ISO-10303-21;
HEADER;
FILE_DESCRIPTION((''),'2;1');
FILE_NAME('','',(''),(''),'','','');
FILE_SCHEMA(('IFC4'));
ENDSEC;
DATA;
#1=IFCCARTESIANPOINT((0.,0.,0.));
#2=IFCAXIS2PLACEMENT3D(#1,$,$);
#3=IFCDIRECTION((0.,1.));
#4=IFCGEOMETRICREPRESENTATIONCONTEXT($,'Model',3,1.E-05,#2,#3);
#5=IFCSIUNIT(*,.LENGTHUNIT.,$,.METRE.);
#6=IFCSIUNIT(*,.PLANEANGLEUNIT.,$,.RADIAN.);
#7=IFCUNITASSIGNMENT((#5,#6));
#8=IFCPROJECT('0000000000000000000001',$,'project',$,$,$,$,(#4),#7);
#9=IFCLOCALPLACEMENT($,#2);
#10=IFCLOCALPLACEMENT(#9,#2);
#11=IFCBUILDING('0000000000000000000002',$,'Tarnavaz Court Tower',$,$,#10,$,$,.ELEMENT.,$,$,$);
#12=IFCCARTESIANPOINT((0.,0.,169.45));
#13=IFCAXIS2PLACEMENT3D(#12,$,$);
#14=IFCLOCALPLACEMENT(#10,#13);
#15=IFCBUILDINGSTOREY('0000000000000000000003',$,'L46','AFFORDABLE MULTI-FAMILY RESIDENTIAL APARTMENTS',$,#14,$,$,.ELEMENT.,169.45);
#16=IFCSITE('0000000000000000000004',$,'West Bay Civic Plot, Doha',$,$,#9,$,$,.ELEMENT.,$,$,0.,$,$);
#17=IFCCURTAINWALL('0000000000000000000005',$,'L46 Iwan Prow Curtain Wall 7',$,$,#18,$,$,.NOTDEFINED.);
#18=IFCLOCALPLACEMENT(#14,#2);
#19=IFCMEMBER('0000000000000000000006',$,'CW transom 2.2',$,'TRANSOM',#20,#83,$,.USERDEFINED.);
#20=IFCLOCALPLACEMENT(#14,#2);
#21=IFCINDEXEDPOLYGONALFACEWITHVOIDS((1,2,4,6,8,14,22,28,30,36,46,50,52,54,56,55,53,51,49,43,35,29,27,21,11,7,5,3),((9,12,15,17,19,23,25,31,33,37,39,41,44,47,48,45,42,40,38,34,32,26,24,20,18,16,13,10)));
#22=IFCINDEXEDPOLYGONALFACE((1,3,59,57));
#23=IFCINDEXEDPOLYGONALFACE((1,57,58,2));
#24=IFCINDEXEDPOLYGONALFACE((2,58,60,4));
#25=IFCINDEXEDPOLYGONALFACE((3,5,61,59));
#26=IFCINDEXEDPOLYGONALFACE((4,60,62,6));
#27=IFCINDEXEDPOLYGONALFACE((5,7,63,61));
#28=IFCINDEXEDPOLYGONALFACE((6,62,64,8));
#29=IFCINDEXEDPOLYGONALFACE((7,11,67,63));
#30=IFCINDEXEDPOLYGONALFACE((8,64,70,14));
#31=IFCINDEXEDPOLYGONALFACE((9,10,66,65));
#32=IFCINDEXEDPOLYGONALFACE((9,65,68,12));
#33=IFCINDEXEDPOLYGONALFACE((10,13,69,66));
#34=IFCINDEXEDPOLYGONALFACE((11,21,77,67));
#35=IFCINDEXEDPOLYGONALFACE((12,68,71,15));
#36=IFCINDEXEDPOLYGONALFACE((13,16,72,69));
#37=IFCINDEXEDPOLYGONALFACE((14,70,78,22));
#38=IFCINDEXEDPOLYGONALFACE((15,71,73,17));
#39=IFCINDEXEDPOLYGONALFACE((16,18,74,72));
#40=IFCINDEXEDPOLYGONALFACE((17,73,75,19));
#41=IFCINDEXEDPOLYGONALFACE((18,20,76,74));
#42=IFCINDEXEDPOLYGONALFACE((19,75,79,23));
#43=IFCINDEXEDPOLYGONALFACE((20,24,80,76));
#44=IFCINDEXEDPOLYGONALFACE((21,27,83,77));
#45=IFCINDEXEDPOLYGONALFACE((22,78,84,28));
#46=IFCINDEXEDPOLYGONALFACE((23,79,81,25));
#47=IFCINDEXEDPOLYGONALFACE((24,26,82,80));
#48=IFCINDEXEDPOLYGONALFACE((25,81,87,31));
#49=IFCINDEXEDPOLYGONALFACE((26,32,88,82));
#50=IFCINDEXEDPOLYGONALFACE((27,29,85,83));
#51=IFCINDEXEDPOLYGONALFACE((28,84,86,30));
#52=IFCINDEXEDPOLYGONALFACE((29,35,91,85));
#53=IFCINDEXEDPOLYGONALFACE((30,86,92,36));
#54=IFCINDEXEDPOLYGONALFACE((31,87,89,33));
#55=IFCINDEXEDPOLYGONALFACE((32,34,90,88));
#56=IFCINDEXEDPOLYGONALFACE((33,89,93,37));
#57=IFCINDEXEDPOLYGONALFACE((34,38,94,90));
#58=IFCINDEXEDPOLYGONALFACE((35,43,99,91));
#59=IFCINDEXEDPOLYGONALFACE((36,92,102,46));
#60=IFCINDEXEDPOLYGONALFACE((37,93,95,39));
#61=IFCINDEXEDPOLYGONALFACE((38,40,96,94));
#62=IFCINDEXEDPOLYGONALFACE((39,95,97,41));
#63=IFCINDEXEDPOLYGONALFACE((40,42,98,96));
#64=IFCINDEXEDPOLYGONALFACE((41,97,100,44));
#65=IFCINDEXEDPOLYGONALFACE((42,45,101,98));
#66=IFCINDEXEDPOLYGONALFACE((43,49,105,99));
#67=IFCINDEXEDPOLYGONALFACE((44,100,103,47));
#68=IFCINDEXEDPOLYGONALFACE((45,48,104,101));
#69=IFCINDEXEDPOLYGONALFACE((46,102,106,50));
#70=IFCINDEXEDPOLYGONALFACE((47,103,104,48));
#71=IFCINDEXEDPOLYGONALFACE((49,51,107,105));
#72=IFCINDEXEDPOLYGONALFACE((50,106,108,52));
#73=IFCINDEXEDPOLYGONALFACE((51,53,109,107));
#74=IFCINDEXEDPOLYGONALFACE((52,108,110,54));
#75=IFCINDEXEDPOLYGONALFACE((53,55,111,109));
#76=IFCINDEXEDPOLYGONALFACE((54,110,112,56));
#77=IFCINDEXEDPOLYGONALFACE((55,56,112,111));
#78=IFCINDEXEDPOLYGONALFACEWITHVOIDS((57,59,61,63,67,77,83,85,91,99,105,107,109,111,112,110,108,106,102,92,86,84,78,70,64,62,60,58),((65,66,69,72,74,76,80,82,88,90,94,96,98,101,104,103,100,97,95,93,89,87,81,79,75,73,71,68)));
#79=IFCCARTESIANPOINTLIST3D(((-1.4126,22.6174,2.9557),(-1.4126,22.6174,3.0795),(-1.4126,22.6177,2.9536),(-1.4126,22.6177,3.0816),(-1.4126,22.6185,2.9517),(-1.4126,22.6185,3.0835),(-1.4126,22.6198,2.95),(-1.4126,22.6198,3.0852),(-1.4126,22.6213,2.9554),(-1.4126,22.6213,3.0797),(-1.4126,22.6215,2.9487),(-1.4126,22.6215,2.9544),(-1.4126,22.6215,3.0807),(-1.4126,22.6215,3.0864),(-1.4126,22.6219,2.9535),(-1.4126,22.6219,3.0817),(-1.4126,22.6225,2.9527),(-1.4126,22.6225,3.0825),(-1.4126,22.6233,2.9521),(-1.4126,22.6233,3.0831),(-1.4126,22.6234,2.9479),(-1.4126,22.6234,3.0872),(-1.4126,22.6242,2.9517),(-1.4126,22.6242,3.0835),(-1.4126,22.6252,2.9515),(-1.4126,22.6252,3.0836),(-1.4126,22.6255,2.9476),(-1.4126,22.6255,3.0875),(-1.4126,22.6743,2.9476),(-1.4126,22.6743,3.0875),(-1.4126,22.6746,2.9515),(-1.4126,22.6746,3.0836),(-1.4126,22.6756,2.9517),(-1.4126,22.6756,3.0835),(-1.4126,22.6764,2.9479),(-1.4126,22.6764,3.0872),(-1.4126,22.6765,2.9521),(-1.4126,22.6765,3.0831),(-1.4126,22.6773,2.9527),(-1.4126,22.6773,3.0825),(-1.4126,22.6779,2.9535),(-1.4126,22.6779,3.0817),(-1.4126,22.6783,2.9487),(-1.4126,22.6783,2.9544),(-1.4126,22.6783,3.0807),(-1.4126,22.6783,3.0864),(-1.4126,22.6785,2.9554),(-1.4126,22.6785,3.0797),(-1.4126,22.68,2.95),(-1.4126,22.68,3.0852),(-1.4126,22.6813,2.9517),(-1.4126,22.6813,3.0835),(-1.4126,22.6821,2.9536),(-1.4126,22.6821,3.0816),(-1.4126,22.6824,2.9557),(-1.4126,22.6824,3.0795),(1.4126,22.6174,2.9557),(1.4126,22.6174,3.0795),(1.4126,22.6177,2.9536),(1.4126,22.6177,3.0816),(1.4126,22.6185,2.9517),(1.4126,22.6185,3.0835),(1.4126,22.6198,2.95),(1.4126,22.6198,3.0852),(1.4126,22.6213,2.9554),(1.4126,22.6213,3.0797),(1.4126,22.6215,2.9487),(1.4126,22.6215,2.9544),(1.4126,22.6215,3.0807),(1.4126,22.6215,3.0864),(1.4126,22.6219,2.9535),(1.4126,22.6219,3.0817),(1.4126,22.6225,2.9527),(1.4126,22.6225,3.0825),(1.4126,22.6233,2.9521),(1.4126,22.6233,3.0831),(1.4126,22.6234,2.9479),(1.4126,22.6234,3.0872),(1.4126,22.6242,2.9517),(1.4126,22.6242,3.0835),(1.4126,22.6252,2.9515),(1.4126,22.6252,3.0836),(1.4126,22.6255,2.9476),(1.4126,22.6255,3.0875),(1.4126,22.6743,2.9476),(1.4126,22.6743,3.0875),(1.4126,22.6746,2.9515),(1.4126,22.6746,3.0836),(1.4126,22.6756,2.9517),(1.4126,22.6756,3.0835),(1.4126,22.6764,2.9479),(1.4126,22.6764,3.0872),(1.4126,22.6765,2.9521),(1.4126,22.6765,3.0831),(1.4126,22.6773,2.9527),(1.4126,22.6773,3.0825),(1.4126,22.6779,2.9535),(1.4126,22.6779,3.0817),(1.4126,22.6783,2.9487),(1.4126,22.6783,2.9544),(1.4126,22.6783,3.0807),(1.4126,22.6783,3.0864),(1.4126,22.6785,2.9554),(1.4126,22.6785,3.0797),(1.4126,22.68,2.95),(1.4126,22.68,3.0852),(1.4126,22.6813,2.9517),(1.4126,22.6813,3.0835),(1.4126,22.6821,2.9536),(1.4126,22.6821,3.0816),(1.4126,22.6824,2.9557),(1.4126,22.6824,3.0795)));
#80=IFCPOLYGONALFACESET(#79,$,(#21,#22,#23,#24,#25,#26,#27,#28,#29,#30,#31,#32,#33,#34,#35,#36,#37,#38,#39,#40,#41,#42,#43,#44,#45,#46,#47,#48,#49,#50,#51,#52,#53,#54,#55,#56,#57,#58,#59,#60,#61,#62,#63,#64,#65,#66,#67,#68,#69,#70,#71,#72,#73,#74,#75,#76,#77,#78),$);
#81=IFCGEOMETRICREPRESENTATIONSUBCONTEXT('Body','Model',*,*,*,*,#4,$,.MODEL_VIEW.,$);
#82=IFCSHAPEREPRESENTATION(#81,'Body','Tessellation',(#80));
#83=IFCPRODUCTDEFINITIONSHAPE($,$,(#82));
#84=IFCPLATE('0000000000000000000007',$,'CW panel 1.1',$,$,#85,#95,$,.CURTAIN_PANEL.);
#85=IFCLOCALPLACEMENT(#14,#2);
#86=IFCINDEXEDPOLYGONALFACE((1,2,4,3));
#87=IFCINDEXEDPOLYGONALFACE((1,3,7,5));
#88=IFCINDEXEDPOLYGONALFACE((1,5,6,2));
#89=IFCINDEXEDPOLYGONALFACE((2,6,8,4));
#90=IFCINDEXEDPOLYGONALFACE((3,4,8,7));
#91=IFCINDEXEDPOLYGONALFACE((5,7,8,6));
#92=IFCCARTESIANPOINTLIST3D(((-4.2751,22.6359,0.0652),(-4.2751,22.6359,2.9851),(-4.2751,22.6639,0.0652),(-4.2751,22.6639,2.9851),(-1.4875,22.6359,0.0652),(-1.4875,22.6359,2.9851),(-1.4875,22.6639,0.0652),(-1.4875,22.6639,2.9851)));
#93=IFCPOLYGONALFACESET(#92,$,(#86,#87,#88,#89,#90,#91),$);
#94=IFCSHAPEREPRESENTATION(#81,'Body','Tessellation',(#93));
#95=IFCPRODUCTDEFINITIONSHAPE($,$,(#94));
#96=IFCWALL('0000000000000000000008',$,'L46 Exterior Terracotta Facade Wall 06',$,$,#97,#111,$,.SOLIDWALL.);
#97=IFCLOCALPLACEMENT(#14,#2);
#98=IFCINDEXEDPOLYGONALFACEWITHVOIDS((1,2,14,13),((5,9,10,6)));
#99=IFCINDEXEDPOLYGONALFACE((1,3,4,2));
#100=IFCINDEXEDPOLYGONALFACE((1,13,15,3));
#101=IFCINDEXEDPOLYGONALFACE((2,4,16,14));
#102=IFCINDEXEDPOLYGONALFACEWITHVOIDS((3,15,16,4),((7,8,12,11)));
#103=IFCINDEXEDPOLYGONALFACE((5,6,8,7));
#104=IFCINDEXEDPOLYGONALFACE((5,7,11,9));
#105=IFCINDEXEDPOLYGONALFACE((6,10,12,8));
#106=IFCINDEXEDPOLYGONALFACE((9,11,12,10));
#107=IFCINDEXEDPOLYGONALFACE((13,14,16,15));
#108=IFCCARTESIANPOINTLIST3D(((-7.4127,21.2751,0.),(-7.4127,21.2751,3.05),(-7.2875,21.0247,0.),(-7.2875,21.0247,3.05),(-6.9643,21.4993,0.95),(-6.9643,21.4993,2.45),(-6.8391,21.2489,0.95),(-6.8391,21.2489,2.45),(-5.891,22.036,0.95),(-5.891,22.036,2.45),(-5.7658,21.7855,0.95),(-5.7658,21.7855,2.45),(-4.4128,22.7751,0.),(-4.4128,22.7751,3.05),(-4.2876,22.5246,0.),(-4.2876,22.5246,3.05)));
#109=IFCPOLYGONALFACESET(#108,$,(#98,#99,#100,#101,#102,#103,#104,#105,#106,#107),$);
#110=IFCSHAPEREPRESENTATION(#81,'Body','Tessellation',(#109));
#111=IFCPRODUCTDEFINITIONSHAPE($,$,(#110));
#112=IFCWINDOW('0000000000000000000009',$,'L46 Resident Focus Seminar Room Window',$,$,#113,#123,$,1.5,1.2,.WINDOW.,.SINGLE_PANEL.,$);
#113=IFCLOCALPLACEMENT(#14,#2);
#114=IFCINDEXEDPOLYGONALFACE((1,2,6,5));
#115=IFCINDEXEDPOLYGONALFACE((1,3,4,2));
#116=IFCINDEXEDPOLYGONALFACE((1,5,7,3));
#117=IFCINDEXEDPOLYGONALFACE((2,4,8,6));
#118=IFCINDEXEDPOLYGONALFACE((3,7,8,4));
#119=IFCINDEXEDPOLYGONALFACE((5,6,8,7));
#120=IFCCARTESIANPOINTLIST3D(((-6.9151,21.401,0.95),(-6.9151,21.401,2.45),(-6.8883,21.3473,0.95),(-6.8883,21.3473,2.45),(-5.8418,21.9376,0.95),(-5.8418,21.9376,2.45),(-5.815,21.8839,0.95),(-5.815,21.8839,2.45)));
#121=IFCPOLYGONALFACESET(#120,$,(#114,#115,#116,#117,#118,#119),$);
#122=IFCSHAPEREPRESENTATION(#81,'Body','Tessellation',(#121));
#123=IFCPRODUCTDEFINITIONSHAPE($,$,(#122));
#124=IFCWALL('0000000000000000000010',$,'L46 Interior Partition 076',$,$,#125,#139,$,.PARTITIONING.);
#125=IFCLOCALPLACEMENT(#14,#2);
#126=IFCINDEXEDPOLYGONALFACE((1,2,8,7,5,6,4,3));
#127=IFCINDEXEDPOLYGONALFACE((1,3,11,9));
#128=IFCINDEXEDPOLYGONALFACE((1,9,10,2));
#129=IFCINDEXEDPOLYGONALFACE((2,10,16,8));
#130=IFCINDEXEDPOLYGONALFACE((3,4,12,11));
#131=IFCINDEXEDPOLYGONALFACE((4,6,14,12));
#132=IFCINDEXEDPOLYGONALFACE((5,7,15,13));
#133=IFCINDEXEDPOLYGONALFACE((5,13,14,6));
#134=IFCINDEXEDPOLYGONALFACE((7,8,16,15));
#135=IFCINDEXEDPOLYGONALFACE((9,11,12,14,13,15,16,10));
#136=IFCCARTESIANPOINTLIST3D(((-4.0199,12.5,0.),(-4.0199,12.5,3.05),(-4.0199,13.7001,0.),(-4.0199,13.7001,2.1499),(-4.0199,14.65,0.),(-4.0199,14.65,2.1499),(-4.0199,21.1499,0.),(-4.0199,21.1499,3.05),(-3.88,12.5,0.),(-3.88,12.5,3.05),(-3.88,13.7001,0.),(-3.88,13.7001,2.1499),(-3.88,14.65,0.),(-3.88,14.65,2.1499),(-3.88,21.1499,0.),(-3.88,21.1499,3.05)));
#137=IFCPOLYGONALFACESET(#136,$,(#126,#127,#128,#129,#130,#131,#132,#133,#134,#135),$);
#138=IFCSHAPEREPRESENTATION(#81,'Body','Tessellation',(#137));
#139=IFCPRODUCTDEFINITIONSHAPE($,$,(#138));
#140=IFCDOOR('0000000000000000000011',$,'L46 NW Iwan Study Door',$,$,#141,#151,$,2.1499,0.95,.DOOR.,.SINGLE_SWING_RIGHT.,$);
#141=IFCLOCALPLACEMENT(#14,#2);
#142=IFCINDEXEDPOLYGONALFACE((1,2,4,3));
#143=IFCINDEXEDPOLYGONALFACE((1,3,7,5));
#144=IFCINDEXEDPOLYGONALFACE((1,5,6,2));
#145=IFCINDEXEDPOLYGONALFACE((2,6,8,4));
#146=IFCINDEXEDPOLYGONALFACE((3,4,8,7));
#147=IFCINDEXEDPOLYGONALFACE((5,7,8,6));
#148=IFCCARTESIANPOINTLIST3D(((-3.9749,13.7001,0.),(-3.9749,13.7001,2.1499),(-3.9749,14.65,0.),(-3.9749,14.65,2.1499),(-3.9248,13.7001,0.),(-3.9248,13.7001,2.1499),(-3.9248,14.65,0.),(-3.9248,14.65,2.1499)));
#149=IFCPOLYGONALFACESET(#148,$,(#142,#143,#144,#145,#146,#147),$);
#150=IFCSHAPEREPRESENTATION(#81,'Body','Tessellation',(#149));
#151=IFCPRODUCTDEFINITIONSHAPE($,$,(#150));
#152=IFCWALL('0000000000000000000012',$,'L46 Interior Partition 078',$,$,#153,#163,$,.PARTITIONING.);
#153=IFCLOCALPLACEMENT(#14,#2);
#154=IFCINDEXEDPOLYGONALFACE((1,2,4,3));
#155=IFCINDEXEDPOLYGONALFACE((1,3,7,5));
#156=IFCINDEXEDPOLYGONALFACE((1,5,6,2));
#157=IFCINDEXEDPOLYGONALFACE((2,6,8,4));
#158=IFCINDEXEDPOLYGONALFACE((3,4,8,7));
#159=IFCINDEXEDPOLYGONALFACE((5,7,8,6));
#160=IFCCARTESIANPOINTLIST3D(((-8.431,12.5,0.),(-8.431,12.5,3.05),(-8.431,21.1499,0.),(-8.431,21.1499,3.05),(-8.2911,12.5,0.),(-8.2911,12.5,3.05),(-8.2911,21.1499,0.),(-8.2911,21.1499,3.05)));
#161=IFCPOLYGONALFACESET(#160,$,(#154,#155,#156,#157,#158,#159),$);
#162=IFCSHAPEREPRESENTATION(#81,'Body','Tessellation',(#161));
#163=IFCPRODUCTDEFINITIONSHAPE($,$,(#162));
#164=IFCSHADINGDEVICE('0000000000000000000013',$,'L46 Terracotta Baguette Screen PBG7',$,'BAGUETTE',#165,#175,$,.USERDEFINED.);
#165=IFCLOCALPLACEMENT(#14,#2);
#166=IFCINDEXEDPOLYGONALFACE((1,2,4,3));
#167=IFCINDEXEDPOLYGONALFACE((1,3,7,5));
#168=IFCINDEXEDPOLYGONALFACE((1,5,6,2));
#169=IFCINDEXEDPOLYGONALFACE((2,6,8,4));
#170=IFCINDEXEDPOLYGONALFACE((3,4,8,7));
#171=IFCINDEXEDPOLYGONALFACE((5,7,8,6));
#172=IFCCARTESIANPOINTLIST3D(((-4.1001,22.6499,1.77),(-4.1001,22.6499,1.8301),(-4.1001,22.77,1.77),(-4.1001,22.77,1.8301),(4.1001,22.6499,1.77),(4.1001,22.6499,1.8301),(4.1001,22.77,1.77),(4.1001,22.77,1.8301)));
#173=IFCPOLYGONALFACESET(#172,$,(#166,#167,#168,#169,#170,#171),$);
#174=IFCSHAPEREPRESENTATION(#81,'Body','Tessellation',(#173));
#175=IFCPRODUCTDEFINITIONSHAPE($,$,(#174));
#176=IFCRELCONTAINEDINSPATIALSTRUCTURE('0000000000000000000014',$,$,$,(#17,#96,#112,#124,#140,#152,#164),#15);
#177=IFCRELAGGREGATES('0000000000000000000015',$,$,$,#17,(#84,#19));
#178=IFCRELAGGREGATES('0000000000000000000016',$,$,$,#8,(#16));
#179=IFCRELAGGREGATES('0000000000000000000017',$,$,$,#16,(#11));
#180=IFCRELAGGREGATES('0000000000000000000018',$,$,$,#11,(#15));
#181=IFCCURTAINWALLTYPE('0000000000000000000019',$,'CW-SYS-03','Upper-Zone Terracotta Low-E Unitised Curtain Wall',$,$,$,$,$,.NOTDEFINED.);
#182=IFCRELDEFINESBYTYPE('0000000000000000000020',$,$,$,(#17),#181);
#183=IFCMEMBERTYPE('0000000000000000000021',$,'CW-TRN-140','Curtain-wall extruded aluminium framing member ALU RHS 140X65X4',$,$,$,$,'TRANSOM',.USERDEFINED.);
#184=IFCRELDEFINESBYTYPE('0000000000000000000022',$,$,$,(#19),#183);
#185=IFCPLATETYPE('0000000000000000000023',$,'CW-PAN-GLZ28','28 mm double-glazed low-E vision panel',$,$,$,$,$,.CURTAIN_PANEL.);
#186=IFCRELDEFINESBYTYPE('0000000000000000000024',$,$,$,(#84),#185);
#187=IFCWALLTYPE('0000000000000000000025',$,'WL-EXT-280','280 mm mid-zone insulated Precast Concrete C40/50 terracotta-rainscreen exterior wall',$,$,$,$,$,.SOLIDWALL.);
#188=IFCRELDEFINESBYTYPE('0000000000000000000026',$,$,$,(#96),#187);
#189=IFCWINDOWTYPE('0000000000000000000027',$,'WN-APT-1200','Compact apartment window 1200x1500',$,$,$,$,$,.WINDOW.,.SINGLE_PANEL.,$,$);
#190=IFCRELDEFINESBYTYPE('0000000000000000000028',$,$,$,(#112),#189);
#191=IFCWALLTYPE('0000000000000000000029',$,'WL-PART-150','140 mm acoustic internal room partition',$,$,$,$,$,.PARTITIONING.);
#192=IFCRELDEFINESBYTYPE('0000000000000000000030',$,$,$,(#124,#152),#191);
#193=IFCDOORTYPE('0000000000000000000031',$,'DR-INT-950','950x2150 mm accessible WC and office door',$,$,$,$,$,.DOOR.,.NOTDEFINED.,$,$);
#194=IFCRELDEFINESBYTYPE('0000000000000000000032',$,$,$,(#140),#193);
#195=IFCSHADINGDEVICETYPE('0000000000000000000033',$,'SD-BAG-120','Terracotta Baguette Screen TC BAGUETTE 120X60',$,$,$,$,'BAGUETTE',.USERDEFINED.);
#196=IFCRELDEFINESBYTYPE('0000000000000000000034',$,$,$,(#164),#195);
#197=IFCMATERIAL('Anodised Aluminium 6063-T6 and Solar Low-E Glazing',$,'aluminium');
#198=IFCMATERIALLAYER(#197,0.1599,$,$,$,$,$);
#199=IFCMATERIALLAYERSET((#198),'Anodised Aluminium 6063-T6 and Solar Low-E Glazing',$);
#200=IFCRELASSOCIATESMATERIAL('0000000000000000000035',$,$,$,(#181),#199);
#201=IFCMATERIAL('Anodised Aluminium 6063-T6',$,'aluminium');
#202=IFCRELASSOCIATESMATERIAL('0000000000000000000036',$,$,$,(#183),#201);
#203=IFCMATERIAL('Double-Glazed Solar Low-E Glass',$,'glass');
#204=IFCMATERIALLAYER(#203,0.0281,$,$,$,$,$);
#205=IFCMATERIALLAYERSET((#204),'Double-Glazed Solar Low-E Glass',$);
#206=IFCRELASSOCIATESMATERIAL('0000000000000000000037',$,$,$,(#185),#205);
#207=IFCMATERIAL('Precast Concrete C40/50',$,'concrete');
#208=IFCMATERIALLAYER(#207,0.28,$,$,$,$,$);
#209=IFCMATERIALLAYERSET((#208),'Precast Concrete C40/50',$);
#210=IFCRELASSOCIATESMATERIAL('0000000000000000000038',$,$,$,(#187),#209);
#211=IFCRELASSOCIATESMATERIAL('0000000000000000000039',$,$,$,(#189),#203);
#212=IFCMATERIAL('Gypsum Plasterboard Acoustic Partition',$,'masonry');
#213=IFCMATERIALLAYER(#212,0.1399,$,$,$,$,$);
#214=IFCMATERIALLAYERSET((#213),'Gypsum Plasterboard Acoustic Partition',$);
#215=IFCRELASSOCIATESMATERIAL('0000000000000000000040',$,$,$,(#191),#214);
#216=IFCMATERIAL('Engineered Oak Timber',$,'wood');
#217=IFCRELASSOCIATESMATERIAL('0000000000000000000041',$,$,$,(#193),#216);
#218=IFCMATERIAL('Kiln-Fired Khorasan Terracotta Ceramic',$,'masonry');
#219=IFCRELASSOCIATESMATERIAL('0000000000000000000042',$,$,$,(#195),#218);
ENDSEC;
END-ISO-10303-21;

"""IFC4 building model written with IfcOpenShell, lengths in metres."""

from ifc_helpers import new_model, si_unit, direction, frame, frame_2d, origin, origin_2d, place, context, subcontext, project, spatial, rectangle, hollow_rectangle, extrude, material, layer, layer_set, material_profile, profile_set, type_object, element, fill, aggregate, save


model = new_model("IFC4")

# Units and contexts
model_context = context("Model", 3, precision=1e-05, world=origin(), true_north=direction((0.0, 1.0)))
body_context = subcontext(model_context, "Body", "Model", "MODEL_VIEW")
ifc_project = project(units=[si_unit("LENGTHUNIT", "METRE"), si_unit("PLANEANGLEUNIT", "RADIAN")], contexts=[model_context])

# Site, building, storey
site_placement = place(None, origin())
site = spatial("IfcSite", under=ifc_project, at=site_placement, Name="West Bay Civic Plot, Doha", CompositionType="ELEMENT", RefElevation=0.0)
building_placement = place(site_placement, origin())
building = spatial("IfcBuilding", under=site, at=building_placement, Name="Tarnavaz Court Tower", CompositionType="ELEMENT")
storey_placement = place(building_placement, frame((0.0, 0.0, 169.45)))
storey = spatial("IfcBuildingStorey", under=building, at=storey_placement, Name="L46", Description="AFFORDABLE MULTI-FAMILY RESIDENTIAL APARTMENTS", CompositionType="ELEMENT", Elevation=169.45)

# Curtain wall, member, plate
ifc_material_1 = material(Name="Anodised Aluminium 6063-T6 and Solar Low-E Glazing", Category="aluminium")
ifc_layer_1 = layer(ifc_material_1, 0.1599)
ifc_layer_set_1 = layer_set([ifc_layer_1], Name="Anodised Aluminium 6063-T6 and Solar Low-E Glazing")
curtain_wall_type = type_object("IfcCurtainWallType", Name="CW-SYS-03", Description="Upper-Zone Terracotta Low-E Unitised Curtain Wall", PredefinedType="NOTDEFINED", material=ifc_layer_set_1)
curtain_wall_placement = place(storey_placement, origin())
curtain_wall = element("IfcCurtainWall", 1, at=curtain_wall_placement, inside=storey, type_object=curtain_wall_type, Name="L46 Iwan Prow Curtain Wall 7", PredefinedType="NOTDEFINED")
ifc_material_2 = material(Name="Anodised Aluminium 6063-T6", Category="aluminium")
ifc_material_profile_1 = material_profile(ifc_material_2, hollow_rectangle(XDim=0.0649, YDim=0.1399, WallThickness=0.0039, InnerFilletRadius=0.0039, OuterFilletRadius=0.0081, at=origin_2d()), Name="ALU RHS 140X65X4")
ifc_profile_set_1 = profile_set([ifc_material_profile_1], Name="Anodised Aluminium 6063-T6")
member_type_1 = type_object("IfcMemberType", Name="CW-TRN-140", Description="Curtain-wall extruded aluminium framing member ALU RHS 140X65X4", ElementType="TRANSOM", PredefinedType="USERDEFINED", material=ifc_profile_set_1)
member_1_placement = place(storey_placement, frame((-1.4126, 22.6499, 3.0176), z_axis=(1.0, 0.0, 0.0), x_axis=(0.0, 1.0, 0.0)))
member_1 = element("IfcMember", 2, at=member_1_placement, type_object=member_type_1, Name="CW transom 2.2", ObjectType="TRANSOM", PredefinedType="USERDEFINED", context=body_context, shape_type="SweptSolid", body=[
    extrude(hollow_rectangle(XDim=0.0649, YDim=0.1399, WallThickness=0.0039, InnerFilletRadius=0.0039, OuterFilletRadius=0.0081, at=origin_2d()), origin(), (0.0, 0.0, 1.0), 2.8252),
])
ifc_material_3 = material(Name="Double-Glazed Solar Low-E Glass", Category="glass")
ifc_layer_2 = layer(ifc_material_3, 0.0281)
ifc_layer_set_2 = layer_set([ifc_layer_2], Name="Double-Glazed Solar Low-E Glass")
plate_type = type_object("IfcPlateType", Name="CW-PAN-GLZ28", Description="28 mm double-glazed low-E vision panel", PredefinedType="CURTAIN_PANEL", material=ifc_layer_set_2)
plate_placement = place(storey_placement, frame((-2.8813, 22.6499, 0.0652), z_axis=(0.0, 0.0, 1.0), x_axis=(1.0, 0.0, 0.0)))
plate = element("IfcPlate", 3, at=plate_placement, type_object=plate_type, Name="CW panel 1.1", PredefinedType="CURTAIN_PANEL", context=body_context, shape_type="SweptSolid", body=[
    extrude(rectangle(XDim=2.7876, YDim=0.0281, at=origin_2d()), origin(), (0.0, 0.0, 1.0), 2.9199),
])
aggregate(curtain_wall, [plate, member_1])

# Wall, opening, window
ifc_material_4 = material(Name="Precast Concrete C40/50", Category="concrete")
ifc_layer_3 = layer(ifc_material_4, 0.28)
ifc_layer_set_3 = layer_set([ifc_layer_3], Name="Precast Concrete C40/50")
wall_type_1 = type_object("IfcWallType", Name="WL-EXT-280", Description="280 mm mid-zone insulated Precast Concrete C40/50 terracotta-rainscreen exterior wall", PredefinedType="SOLIDWALL", material=ifc_layer_set_3)
wall_1_placement = place(storey_placement, frame((-7.3501, 21.1499, 0.0), z_axis=(0.0, 0.0, 1.0), x_axis=(0.894427, 0.447214, 0.0)))
wall_1 = element("IfcWall", 4, at=wall_1_placement, inside=storey, type_object=wall_type_1, Name="L46 Exterior Terracotta Facade Wall 06", PredefinedType="SOLIDWALL", context=body_context, shape_type="SweptSolid", body=[
    extrude(rectangle(XDim=3.354, YDim=0.28, at=frame_2d((1.677, 0.0))), origin(), (0.0, 0.0, 1.0), 3.05),
])
opening_1_placement = place(wall_1_placement, frame((0.5012, 0.0, 0.95)))
opening_1 = element("IfcOpeningElement", 5, at=opening_1_placement, cuts=wall_1, PredefinedType="OPENING", context=body_context, shape_type="SweptSolid", body=[
    extrude(rectangle(XDim=1.2, YDim=1.5, at=frame_2d((0.6001, 0.75))), frame((0.0, 0.1499, 0.0), z_axis=(0.0, -1.0, 0.0), x_axis=(1.0, 0.0, 0.0)), (0.0, 0.0, 1.0), 0.3),
])
window_type = type_object("IfcWindowType", Name="WN-APT-1200", Description="Compact apartment window 1200x1500", PartitioningType="SINGLE_PANEL", PredefinedType="WINDOW", material=ifc_material_3)
window_placement = place(opening_1_placement, origin())
window = element("IfcWindow", 6, at=window_placement, inside=storey, type_object=window_type, Name="L46 Resident Focus Seminar Room Window", OverallHeight=1.5, OverallWidth=1.2, PartitioningType="SINGLE_PANEL", PredefinedType="WINDOW", context=body_context, shape_type="SweptSolid", body=[
    extrude(rectangle(XDim=1.2, YDim=1.5, at=frame_2d((0.6001, 0.75))), frame((0.0, 0.03, 0.0), z_axis=(0.0, -1.0, 0.0), x_axis=(1.0, 0.0, 0.0)), (0.0, 0.0, 1.0), 0.0601),
])
fill(opening_1, window)

# Wall, opening, door
ifc_material_5 = material(Name="Gypsum Plasterboard Acoustic Partition", Category="masonry")
ifc_layer_4 = layer(ifc_material_5, 0.1399)
ifc_layer_set_4 = layer_set([ifc_layer_4], Name="Gypsum Plasterboard Acoustic Partition")
wall_type_2 = type_object("IfcWallType", Name="WL-PART-150", Description="140 mm acoustic internal room partition", PredefinedType="PARTITIONING", material=ifc_layer_set_4)
wall_2_placement = place(storey_placement, frame((-3.95, 12.5, 0.0), z_axis=(0.0, 0.0, 1.0), x_axis=(0.0, 1.0, 0.0)))
wall_2 = element("IfcWall", 7, at=wall_2_placement, inside=storey, type_object=wall_type_2, Name="L46 Interior Partition 076", PredefinedType="PARTITIONING", context=body_context, shape_type="SweptSolid", body=[
    extrude(rectangle(XDim=8.6499, YDim=0.1399, at=frame_2d((4.325, 0.0))), origin(), (0.0, 0.0, 1.0), 3.05),
])
opening_2_placement = place(wall_2_placement, frame((1.2, 0.0, 0.0)))
opening_2 = element("IfcOpeningElement", 8, at=opening_2_placement, cuts=wall_2, PredefinedType="OPENING", context=body_context, shape_type="SweptSolid", body=[
    extrude(rectangle(XDim=0.95, YDim=2.1499, at=frame_2d((0.4751, 1.075))), frame((0.0, 0.0798, 0.0), z_axis=(0.0, -1.0, 0.0), x_axis=(1.0, 0.0, 0.0)), (0.0, 0.0, 1.0), 0.1599),
])
ifc_material_6 = material(Name="Engineered Oak Timber", Category="wood")
door_type = type_object("IfcDoorType", Name="DR-INT-950", Description="950x2150 mm accessible WC and office door", OperationType="NOTDEFINED", PredefinedType="DOOR", material=ifc_material_6)
door_placement = place(opening_2_placement, origin())
door = element("IfcDoor", 9, at=door_placement, inside=storey, type_object=door_type, Name="L46 NW Iwan Study Door", OperationType="SINGLE_SWING_RIGHT", OverallHeight=2.1499, OverallWidth=0.95, PredefinedType="DOOR", context=body_context, shape_type="SweptSolid", body=[
    extrude(rectangle(XDim=0.95, YDim=2.1499, at=frame_2d((0.4751, 1.075))), frame((0.0, 0.0249, 0.0), z_axis=(0.0, -1.0, 0.0), x_axis=(1.0, 0.0, 0.0)), (0.0, 0.0, 1.0), 0.05),
])
fill(opening_2, door)

# Wall
wall_3_placement = place(storey_placement, frame((-8.3611, 12.5, 0.0), z_axis=(0.0, 0.0, 1.0), x_axis=(0.0, 1.0, 0.0)))
element("IfcWall", 10, at=wall_3_placement, inside=storey, type_object=wall_type_2, Name="L46 Interior Partition 078", PredefinedType="PARTITIONING", context=body_context, shape_type="SweptSolid", body=[
    extrude(rectangle(XDim=8.6499, YDim=0.1399, at=frame_2d((4.325, 0.0))), origin(), (0.0, 0.0, 1.0), 3.05),
])

# Shading device
ifc_material_7 = material(Name="Kiln-Fired Khorasan Terracotta Ceramic", Category="masonry")
ifc_material_profile_2 = material_profile(ifc_material_7, rectangle(XDim=0.1201, YDim=0.0601, at=origin_2d()), Name="TC BAGUETTE 120X60")
ifc_profile_set_2 = profile_set([ifc_material_profile_2], Name="Kiln-Fired Khorasan Terracotta Ceramic")
shading_device_type = type_object("IfcShadingDeviceType", Name="SD-BAG-120", Description="Terracotta Baguette Screen TC BAGUETTE 120X60", ElementType="BAGUETTE", PredefinedType="USERDEFINED", material=ifc_profile_set_2)
shading_device_placement = place(storey_placement, frame((-4.1001, 22.71, 1.8), z_axis=(1.0, 0.0, 0.0), x_axis=(0.0, 1.0, 0.0)))
element("IfcShadingDevice", 11, at=shading_device_placement, inside=storey, type_object=shading_device_type, Name="L46 Terracotta Baguette Screen PBG7", ObjectType="BAGUETTE", PredefinedType="USERDEFINED", context=body_context, shape_type="SweptSolid", body=[
    extrude(rectangle(XDim=0.1201, YDim=0.0601, at=origin_2d()), origin(), (0.0, 0.0, 1.0), 8.2002),
])

save(model, "model.ifc")
